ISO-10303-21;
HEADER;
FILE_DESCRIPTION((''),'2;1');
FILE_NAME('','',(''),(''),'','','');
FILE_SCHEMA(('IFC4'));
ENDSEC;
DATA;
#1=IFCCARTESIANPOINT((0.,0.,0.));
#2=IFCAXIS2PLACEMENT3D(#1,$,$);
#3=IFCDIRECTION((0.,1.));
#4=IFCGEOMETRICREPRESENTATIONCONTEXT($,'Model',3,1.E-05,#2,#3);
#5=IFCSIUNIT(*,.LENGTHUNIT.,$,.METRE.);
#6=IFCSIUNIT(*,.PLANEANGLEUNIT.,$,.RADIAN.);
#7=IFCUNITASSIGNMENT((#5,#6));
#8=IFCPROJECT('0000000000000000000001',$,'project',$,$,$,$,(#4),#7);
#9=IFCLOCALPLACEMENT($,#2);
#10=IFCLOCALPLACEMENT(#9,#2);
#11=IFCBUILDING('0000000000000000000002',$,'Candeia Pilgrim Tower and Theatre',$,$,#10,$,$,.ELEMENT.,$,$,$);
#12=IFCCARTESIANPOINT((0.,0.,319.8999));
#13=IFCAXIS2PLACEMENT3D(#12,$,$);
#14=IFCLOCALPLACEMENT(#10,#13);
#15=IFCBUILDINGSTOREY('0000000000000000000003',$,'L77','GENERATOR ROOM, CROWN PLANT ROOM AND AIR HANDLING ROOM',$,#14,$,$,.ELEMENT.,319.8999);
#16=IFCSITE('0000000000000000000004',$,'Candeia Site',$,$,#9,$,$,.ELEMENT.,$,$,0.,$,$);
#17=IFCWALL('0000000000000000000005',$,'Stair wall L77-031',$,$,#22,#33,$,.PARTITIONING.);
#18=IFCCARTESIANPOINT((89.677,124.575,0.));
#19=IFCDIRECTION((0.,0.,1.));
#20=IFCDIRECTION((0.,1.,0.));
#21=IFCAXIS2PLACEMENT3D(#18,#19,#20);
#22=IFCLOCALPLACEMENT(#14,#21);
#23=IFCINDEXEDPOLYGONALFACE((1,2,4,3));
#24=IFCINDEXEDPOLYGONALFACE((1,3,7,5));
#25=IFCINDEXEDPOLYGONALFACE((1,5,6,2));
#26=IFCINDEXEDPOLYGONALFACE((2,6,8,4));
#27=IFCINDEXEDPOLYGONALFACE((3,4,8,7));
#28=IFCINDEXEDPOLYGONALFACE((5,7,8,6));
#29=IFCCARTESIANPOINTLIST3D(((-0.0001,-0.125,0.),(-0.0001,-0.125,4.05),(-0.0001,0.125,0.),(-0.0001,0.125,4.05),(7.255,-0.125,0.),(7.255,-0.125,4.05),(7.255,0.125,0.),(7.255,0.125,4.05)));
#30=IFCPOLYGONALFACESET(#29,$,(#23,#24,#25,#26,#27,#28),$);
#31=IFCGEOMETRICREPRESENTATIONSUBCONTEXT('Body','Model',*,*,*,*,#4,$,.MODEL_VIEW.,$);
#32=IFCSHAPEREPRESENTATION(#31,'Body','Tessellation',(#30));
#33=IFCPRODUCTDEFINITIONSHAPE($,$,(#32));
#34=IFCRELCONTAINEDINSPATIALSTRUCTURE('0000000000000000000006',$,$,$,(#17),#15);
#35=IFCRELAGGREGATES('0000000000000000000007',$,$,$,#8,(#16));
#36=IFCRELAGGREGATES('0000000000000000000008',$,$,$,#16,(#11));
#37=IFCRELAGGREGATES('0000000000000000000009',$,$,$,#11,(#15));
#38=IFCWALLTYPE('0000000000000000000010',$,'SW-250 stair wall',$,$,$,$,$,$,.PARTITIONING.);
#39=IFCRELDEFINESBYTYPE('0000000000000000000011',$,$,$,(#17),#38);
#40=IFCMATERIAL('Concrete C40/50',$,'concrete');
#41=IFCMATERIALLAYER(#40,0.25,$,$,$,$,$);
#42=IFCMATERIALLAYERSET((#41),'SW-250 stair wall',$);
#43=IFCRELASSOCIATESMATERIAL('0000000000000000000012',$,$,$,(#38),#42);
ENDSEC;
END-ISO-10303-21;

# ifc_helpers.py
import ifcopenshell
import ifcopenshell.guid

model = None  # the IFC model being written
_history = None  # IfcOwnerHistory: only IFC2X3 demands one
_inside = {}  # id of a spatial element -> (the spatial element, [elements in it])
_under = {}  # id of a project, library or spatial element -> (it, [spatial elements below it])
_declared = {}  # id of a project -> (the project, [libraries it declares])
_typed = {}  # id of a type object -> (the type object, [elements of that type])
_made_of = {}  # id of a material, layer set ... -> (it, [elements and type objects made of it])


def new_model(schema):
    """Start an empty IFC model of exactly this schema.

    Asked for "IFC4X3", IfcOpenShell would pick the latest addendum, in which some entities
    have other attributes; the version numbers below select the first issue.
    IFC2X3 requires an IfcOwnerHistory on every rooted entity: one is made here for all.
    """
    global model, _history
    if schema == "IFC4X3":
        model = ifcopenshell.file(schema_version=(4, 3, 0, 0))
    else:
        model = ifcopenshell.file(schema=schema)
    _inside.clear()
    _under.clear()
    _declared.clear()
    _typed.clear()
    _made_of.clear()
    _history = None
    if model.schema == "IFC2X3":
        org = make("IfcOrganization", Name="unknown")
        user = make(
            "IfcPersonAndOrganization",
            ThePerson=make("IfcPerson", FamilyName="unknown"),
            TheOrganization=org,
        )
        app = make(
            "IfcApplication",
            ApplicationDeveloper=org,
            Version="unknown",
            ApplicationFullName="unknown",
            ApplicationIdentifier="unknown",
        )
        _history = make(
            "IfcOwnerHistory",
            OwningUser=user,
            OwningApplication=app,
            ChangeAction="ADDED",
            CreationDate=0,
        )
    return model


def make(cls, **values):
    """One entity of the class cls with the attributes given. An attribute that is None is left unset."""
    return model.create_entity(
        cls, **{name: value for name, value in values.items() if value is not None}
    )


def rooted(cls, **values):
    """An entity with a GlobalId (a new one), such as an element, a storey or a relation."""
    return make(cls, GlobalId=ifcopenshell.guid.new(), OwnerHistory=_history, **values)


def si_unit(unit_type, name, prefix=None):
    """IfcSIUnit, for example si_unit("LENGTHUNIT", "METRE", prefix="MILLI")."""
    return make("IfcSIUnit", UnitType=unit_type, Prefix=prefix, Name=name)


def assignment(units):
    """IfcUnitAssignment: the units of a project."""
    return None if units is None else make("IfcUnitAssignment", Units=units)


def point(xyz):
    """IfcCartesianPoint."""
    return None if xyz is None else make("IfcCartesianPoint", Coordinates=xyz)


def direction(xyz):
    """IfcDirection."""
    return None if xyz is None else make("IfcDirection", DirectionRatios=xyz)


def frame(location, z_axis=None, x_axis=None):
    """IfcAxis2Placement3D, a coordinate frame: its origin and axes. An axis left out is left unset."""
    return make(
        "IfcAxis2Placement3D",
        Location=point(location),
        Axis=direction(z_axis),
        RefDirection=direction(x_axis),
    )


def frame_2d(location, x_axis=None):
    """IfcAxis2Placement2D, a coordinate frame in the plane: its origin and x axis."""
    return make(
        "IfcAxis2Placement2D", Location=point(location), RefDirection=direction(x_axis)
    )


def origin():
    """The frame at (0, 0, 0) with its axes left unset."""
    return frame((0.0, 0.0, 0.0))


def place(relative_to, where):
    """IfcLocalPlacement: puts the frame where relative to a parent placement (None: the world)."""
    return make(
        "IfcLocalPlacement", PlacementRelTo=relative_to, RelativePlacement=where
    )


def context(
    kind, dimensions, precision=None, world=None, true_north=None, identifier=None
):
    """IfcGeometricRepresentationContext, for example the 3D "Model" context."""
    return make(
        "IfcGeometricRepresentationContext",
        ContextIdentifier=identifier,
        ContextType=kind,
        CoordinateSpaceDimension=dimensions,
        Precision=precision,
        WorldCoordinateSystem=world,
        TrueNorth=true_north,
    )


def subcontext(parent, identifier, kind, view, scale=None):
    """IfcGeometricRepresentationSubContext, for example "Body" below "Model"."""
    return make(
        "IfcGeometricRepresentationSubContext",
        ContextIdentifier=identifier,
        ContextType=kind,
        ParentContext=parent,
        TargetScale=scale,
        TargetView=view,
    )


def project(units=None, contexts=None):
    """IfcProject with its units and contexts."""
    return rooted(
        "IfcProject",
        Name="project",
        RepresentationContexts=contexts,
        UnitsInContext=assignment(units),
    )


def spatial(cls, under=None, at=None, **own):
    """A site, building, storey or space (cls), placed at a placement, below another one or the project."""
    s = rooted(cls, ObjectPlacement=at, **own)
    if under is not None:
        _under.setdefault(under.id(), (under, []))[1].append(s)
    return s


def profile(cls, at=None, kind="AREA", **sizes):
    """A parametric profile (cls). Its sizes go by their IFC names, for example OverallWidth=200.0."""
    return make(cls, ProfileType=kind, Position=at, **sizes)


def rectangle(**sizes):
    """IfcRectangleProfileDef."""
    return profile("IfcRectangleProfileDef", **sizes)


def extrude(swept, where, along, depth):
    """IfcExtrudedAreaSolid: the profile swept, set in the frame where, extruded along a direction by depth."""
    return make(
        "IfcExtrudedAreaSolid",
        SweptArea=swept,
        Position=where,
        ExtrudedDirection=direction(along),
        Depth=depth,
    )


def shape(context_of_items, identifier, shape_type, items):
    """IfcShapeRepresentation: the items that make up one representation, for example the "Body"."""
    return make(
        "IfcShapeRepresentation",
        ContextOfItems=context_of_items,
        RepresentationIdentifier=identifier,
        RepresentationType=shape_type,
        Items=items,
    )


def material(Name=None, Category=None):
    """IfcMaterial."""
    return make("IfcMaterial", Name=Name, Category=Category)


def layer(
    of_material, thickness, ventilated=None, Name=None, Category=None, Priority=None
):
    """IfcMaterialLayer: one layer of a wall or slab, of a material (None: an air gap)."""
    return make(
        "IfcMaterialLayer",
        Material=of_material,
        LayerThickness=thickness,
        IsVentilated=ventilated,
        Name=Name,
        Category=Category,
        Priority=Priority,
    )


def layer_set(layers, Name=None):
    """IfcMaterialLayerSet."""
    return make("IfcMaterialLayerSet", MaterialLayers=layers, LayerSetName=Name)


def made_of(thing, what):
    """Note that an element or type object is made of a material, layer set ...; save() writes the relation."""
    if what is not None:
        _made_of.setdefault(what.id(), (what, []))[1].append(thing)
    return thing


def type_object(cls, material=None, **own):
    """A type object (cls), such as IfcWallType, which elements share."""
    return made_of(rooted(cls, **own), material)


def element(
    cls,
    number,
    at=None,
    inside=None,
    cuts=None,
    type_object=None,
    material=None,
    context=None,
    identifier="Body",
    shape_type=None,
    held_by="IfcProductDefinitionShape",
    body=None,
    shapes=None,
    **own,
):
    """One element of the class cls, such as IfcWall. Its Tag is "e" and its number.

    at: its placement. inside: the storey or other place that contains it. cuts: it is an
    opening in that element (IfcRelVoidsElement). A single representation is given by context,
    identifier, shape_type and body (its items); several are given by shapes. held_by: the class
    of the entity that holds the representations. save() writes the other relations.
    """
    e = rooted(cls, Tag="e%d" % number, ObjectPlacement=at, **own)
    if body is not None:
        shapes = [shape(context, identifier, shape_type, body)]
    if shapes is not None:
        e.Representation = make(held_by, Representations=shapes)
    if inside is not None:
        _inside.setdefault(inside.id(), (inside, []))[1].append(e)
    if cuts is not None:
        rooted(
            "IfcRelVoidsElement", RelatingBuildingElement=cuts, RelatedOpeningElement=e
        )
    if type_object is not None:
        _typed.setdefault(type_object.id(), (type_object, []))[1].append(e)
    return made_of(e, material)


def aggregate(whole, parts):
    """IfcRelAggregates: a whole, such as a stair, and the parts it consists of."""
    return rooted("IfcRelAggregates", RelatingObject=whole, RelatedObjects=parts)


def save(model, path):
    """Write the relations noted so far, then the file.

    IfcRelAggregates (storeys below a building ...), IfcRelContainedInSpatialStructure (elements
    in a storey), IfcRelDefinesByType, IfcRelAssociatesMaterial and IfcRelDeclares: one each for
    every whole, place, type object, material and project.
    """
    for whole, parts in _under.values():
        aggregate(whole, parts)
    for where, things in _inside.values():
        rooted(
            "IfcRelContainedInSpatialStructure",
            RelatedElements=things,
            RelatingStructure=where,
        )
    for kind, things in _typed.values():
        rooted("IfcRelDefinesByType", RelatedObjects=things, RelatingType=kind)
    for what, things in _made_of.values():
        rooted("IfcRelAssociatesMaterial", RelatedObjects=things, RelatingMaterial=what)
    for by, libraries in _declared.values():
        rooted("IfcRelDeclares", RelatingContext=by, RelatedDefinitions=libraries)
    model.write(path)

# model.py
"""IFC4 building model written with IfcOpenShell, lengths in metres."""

from ifc_helpers import new_model, si_unit, direction, frame, frame_2d, origin, place, context, subcontext, project, spatial, rectangle, extrude, material, layer, layer_set, type_object, element, save


model = new_model("IFC4")

# Units and contexts
model_context = context("Model", 3, precision=1e-05, world=origin(), true_north=direction((0.0, 1.0)))
body_context = subcontext(model_context, "Body", "Model", "MODEL_VIEW")
ifc_project = project(units=[si_unit("LENGTHUNIT", "METRE"), si_unit("PLANEANGLEUNIT", "RADIAN")], contexts=[model_context])

# Site, building, storey
site_placement = place(None, origin())
site = spatial("IfcSite", under=ifc_project, at=site_placement, Name="Candeia Site", CompositionType="ELEMENT", RefElevation=0.0)
building_placement = place(site_placement, origin())
building = spatial("IfcBuilding", under=site, at=building_placement, Name="Candeia Pilgrim Tower and Theatre", CompositionType="ELEMENT")
storey_placement = place(building_placement, frame((0.0, 0.0, 319.8999)))
storey = spatial("IfcBuildingStorey", under=building, at=storey_placement, Name="L77", Description="GENERATOR ROOM, CROWN PLANT ROOM AND AIR HANDLING ROOM", CompositionType="ELEMENT", Elevation=319.8999)

# Shared definitions
ifc_material_1 = material(Name="Concrete C40/50", Category="concrete")

# Wall
ifc_layer_1 = layer(ifc_material_1, 0.25)
ifc_layer_set_1 = layer_set([ifc_layer_1], Name="SW-250 stair wall")
wall_type_1 = type_object("IfcWallType", Name="SW-250 stair wall", PredefinedType="PARTITIONING", material=ifc_layer_set_1)
wall_1_placement = place(storey_placement, frame((89.677, 124.575, 0.0), z_axis=(0.0, 0.0, 1.0), x_axis=(0.0, 1.0, 0.0)))
element("IfcWall", 1, at=wall_1_placement, inside=storey, type_object=wall_type_1, Name="Stair wall L77-031", PredefinedType="PARTITIONING", context=body_context, shape_type="SweptSolid", body=[
    extrude(rectangle(XDim=7.2551, YDim=0.25, at=frame_2d((3.6274, 0.0))), origin(), (0.0, 0.0, 1.0), 4.05),
])

save(model, "model.ifc")
